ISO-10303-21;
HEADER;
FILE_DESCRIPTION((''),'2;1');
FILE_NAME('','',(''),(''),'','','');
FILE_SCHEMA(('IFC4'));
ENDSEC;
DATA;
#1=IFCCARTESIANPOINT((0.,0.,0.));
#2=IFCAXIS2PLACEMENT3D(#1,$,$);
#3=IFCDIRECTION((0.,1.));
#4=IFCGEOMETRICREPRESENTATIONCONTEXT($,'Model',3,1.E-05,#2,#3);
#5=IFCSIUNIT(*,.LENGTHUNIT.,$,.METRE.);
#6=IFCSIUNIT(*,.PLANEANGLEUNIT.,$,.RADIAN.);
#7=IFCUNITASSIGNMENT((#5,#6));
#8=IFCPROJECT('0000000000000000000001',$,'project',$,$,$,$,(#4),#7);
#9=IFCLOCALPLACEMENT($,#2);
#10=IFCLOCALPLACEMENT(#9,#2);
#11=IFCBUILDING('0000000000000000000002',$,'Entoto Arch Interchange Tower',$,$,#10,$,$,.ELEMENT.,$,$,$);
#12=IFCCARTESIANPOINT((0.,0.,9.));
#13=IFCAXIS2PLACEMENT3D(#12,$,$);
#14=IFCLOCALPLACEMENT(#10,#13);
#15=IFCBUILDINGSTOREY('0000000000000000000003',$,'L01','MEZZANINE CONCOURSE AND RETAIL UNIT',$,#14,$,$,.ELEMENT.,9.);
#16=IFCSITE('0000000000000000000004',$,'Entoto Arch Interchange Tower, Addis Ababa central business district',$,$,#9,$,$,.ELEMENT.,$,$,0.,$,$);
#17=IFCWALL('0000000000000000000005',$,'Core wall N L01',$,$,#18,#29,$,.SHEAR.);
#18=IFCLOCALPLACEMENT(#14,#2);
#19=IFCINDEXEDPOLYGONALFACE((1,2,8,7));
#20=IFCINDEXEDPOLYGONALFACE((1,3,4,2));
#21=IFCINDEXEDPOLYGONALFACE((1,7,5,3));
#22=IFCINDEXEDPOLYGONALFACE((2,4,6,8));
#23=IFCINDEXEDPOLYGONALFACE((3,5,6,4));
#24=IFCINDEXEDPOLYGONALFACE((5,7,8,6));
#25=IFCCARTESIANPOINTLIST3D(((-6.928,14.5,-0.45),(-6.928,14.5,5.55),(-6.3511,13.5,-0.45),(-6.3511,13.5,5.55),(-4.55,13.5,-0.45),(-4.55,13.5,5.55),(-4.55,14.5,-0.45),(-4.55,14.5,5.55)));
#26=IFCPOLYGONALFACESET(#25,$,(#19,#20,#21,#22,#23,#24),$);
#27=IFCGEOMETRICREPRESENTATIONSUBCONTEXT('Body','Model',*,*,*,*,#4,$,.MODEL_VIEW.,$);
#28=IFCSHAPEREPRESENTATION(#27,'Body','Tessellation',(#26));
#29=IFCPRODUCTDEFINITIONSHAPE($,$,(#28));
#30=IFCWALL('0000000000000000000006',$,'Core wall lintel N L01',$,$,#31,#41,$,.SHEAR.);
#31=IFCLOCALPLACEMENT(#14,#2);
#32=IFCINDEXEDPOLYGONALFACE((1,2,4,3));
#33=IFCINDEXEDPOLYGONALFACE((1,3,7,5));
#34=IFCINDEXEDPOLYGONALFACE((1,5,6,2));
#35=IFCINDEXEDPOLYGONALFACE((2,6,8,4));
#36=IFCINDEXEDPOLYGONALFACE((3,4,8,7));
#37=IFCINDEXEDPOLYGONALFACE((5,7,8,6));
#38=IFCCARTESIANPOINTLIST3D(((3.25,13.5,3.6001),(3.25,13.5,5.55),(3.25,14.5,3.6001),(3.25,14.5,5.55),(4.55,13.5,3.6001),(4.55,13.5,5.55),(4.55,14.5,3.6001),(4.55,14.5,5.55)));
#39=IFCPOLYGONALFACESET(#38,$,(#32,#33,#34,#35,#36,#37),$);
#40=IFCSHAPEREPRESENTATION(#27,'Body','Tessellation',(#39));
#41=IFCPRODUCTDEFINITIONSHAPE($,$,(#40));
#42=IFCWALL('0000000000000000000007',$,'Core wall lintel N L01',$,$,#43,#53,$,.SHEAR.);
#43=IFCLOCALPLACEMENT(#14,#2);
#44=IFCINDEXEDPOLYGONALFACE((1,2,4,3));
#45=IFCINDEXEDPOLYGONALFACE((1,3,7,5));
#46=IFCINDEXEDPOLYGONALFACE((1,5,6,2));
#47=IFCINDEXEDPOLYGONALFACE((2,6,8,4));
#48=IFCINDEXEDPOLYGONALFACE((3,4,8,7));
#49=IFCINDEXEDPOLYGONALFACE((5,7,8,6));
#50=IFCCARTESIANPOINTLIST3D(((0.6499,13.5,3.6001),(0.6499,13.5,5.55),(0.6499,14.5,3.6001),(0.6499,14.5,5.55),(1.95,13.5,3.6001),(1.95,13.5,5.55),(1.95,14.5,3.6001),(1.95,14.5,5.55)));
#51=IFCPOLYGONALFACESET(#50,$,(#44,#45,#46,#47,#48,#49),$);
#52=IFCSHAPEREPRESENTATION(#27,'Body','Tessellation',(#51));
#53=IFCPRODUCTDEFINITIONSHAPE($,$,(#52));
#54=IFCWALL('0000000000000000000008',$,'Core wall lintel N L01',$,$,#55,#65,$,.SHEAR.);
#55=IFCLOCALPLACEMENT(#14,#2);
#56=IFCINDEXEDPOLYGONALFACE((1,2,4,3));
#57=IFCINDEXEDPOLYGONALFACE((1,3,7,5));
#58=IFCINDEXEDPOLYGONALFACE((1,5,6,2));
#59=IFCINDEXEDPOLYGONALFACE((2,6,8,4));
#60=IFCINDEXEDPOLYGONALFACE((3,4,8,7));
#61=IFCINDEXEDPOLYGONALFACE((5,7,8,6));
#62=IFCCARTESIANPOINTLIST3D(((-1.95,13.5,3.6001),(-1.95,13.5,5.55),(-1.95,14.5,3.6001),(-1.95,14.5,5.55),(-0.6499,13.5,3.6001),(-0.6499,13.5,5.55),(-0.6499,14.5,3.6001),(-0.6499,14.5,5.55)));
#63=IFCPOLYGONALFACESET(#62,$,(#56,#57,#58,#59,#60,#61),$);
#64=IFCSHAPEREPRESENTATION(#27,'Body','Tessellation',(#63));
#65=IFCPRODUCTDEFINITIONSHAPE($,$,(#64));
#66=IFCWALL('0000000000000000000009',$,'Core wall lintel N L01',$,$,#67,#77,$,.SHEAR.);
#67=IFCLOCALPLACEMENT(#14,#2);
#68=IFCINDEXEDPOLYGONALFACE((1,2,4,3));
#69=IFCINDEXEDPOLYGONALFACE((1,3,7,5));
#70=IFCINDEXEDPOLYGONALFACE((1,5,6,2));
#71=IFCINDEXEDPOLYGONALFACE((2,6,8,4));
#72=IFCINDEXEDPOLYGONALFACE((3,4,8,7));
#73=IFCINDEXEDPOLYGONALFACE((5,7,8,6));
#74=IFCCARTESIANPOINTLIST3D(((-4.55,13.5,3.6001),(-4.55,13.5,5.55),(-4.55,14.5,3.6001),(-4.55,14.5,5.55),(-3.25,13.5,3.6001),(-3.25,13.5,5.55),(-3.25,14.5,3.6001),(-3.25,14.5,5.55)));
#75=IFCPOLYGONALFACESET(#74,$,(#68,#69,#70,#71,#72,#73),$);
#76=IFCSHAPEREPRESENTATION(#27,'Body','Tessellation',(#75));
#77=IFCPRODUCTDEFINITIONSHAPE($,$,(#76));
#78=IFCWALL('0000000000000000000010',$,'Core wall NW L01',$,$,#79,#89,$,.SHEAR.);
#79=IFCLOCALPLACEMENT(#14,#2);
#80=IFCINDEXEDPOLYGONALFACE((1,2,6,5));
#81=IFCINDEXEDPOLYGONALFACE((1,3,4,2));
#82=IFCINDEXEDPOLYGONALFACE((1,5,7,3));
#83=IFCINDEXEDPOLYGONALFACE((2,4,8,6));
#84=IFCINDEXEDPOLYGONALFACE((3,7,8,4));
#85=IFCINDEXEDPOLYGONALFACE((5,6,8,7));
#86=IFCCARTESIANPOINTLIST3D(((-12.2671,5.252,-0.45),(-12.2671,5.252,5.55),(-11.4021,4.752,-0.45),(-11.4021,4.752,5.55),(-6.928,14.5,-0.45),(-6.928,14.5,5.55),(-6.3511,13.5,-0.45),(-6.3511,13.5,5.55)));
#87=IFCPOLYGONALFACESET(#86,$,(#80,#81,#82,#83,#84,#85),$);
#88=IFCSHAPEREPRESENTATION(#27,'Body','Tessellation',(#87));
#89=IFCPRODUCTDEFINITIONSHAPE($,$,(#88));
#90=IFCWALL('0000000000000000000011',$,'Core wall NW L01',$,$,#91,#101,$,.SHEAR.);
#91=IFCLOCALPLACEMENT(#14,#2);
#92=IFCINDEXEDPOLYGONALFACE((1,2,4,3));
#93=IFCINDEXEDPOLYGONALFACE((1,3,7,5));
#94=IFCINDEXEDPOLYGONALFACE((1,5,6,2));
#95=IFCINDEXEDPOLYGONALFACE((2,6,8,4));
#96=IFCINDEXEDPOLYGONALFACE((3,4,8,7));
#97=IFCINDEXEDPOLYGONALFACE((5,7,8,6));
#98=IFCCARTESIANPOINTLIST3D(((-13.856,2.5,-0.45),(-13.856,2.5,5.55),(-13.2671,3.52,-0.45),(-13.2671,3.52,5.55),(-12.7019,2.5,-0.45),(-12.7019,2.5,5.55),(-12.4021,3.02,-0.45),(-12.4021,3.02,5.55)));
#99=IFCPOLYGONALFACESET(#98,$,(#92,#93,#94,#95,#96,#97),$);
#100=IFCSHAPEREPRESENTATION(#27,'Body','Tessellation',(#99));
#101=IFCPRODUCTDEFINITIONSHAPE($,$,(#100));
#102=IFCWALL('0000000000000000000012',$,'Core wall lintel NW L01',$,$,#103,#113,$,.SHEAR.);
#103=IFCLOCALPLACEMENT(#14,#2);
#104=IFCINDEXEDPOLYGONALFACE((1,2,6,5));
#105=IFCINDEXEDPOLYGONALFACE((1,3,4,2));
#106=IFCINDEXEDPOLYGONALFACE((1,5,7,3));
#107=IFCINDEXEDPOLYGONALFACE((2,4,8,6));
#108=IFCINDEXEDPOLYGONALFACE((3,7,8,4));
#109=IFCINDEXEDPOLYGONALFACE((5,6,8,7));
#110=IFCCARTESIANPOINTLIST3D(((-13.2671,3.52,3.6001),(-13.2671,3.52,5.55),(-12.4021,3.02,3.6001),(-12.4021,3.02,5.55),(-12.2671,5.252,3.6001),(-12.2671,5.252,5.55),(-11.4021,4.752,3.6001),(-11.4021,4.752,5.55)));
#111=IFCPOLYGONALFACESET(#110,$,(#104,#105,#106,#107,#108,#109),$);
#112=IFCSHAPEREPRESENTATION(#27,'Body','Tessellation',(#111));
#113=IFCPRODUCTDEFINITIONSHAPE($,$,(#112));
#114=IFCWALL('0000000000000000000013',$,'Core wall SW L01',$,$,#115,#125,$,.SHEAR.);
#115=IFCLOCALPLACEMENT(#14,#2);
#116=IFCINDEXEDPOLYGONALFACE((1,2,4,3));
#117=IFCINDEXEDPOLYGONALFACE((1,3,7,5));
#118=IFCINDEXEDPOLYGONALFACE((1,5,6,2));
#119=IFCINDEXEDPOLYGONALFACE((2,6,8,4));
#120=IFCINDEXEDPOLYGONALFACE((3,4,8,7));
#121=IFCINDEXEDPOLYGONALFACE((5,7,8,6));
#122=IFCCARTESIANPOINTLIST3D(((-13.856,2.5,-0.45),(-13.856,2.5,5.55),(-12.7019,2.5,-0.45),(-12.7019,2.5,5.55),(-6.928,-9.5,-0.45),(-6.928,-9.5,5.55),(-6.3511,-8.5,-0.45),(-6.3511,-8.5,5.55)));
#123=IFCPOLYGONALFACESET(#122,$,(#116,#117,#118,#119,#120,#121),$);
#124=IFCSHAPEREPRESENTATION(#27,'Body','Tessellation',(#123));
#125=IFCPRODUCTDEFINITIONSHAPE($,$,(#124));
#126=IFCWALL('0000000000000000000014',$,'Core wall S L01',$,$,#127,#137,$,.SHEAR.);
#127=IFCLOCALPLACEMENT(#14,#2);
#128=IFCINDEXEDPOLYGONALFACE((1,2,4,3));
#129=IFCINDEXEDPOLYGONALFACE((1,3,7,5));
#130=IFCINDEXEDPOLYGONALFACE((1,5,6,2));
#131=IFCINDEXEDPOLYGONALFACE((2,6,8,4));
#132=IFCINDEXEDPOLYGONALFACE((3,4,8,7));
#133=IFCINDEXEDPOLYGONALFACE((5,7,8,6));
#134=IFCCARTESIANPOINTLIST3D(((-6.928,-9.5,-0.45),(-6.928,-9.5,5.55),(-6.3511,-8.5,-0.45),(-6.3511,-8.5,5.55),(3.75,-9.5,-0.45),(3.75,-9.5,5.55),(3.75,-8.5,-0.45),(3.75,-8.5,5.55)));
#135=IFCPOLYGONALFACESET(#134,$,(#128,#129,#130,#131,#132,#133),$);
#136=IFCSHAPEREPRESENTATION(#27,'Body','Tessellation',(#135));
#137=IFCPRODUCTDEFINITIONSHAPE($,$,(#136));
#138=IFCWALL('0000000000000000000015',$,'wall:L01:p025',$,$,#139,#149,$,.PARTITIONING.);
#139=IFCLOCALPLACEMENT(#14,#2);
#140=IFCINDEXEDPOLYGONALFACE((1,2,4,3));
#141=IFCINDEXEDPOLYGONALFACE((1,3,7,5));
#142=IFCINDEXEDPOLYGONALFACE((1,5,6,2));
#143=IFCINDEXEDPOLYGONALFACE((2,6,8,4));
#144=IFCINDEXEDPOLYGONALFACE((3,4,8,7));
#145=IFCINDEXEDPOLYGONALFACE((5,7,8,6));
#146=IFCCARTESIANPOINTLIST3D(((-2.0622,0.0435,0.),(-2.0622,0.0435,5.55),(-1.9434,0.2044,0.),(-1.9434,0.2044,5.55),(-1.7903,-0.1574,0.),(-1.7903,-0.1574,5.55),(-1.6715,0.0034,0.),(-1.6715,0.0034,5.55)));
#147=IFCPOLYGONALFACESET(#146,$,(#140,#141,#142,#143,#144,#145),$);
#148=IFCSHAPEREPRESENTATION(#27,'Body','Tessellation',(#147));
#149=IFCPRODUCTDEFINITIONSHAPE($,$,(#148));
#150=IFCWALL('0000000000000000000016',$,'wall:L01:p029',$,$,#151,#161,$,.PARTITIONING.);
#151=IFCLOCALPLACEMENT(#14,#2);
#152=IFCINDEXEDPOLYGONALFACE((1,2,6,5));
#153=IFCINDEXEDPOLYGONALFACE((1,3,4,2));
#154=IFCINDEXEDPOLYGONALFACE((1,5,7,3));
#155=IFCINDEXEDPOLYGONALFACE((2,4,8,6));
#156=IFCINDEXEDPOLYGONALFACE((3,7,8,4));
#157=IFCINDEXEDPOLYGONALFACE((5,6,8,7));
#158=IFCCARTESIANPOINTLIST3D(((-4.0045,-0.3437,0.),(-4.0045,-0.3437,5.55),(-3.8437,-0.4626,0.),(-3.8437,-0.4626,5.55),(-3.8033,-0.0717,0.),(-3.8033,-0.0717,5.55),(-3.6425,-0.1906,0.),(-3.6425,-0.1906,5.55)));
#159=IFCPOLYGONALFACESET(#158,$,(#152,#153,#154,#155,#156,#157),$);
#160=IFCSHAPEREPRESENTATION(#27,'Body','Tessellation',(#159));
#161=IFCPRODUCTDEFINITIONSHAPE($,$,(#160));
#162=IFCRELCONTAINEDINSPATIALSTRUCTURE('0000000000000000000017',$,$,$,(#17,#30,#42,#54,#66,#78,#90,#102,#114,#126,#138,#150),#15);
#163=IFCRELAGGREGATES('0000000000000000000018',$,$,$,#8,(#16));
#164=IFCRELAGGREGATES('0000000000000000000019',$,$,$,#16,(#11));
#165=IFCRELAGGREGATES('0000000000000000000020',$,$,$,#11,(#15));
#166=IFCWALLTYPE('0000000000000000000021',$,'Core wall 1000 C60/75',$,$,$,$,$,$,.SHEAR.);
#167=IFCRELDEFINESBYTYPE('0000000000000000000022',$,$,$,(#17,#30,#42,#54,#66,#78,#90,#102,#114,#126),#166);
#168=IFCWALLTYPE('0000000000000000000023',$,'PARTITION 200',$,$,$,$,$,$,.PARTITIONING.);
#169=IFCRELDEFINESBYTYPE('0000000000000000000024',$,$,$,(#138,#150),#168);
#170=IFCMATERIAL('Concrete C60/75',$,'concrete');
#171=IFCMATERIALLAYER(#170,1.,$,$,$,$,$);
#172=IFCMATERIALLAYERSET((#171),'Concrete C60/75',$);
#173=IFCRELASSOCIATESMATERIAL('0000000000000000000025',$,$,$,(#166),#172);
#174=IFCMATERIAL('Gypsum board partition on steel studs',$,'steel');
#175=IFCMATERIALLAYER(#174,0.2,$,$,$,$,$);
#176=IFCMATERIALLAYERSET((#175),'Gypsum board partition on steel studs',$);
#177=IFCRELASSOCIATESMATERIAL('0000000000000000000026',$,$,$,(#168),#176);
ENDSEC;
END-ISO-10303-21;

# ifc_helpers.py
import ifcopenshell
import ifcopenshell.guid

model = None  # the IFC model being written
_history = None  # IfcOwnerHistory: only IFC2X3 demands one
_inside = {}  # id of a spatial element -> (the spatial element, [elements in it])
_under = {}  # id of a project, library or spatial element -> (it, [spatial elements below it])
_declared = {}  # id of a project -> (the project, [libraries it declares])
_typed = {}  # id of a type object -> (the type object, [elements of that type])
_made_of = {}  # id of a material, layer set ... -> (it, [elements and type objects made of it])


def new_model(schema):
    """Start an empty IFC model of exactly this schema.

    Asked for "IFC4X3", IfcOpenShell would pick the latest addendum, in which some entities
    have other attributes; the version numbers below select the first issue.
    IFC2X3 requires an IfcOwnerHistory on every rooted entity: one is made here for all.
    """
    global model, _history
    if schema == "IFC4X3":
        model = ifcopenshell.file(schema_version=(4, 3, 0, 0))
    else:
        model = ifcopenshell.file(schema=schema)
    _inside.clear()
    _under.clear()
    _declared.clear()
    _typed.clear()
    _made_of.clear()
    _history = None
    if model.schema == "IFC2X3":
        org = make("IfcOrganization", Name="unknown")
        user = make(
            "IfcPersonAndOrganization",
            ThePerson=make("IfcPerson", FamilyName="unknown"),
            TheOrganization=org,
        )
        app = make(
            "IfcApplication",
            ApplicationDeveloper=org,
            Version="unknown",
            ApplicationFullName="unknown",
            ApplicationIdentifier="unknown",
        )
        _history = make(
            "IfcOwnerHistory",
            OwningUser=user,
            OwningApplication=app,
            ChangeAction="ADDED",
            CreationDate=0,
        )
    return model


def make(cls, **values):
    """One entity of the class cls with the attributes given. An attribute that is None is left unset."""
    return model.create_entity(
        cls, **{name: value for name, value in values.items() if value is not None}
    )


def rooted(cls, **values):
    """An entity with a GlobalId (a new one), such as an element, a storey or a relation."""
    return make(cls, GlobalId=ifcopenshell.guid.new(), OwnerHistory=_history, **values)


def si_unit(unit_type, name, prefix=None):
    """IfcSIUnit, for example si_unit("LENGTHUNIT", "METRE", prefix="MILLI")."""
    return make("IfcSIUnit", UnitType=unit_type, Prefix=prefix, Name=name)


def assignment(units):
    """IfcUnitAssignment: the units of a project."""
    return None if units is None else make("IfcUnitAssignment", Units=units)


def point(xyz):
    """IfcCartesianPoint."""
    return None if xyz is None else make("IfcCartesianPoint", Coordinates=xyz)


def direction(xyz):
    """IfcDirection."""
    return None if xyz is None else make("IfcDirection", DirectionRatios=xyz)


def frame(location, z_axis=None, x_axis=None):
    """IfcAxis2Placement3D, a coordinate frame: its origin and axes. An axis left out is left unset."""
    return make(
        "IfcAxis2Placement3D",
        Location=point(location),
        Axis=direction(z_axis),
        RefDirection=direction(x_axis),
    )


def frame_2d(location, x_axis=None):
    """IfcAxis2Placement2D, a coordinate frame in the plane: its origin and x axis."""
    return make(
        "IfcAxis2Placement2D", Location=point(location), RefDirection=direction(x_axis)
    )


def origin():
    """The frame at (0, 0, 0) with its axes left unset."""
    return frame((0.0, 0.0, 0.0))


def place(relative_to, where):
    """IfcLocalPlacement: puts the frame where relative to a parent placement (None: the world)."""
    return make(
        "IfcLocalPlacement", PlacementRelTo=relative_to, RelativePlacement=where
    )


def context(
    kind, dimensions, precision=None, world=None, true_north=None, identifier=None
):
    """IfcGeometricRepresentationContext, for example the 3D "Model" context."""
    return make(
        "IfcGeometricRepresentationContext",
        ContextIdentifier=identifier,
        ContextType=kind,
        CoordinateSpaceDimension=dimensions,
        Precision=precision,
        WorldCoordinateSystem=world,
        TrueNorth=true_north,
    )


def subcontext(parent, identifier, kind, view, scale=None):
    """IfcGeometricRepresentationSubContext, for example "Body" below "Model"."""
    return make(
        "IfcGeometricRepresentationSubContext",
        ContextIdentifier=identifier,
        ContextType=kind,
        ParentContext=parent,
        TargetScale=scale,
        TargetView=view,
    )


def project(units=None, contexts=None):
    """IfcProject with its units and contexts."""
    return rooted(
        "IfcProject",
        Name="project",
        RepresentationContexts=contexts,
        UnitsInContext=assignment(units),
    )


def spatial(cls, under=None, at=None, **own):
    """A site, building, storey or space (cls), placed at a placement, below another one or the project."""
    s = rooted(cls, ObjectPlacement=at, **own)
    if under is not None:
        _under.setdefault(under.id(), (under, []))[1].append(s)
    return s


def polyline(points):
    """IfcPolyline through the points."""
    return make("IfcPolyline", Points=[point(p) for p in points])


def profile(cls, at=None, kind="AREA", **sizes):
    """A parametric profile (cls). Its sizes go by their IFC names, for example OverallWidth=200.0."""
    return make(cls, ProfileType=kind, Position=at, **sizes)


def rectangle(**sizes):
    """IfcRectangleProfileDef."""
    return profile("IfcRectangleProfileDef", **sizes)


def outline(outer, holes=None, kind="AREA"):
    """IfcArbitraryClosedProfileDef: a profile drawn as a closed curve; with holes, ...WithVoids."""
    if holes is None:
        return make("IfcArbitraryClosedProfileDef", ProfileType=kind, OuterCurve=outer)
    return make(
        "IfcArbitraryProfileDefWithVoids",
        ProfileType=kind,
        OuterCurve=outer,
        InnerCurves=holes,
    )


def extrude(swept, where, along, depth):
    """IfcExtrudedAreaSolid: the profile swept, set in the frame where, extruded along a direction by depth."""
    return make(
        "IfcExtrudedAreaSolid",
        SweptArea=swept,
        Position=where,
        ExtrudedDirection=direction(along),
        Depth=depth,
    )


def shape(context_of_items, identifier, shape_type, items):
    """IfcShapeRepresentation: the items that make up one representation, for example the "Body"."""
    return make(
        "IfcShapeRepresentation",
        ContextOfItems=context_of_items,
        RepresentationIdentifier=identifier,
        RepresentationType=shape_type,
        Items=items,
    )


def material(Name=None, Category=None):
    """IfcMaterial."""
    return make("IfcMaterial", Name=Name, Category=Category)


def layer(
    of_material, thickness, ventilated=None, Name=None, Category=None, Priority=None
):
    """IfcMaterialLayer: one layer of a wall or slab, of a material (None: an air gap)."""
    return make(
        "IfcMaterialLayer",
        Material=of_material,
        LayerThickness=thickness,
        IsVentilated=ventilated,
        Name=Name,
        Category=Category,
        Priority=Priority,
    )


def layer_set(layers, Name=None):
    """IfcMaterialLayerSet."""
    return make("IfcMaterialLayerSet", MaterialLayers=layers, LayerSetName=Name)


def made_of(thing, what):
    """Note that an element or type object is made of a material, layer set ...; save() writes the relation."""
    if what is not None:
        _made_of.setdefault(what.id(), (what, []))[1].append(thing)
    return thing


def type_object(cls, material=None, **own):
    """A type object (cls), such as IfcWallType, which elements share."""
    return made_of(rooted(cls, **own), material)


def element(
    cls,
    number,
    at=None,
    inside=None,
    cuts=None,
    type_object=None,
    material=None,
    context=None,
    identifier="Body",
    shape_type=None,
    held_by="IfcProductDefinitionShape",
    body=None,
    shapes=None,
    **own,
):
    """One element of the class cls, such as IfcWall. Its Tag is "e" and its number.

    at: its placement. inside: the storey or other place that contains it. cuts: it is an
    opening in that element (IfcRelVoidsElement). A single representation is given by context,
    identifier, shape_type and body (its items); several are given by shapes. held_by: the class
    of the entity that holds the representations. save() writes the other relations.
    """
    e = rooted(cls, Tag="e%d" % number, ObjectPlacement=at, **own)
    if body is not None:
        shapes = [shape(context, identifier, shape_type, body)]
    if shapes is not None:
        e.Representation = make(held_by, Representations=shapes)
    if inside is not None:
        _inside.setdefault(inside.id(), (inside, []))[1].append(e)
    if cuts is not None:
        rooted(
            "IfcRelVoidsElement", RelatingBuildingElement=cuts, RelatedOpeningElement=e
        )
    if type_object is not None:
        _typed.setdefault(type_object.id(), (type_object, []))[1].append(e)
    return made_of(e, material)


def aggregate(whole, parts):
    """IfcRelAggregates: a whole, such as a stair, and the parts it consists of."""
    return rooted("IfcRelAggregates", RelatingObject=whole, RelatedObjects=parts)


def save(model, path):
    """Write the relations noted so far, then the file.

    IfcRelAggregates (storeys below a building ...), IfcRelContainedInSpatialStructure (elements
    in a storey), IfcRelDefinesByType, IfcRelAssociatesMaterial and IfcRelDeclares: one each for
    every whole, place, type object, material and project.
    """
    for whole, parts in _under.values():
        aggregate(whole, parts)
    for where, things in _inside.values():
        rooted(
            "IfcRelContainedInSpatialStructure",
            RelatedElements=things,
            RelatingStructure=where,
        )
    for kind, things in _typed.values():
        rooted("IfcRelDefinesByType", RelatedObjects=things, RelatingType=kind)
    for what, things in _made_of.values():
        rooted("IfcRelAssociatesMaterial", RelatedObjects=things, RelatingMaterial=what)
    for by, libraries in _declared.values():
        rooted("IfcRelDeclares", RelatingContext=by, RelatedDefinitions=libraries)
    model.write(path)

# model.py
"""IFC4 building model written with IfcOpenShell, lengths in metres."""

from ifc_helpers import new_model, si_unit, direction, frame, frame_2d, origin, place, context, subcontext, project, spatial, polyline, rectangle, outline, extrude, material, layer, layer_set, type_object, element, save


model = new_model("IFC4")

# Units and contexts
model_context = context("Model", 3, precision=1e-05, world=origin(), true_north=direction((0.0, 1.0)))
body_context = subcontext(model_context, "Body", "Model", "MODEL_VIEW")
ifc_project = project(units=[si_unit("LENGTHUNIT", "METRE"), si_unit("PLANEANGLEUNIT", "RADIAN")], contexts=[model_context])

# Site, building, storey
site_placement = place(None, origin())
site = spatial("IfcSite", under=ifc_project, at=site_placement, Name="Entoto Arch Interchange Tower, Addis Ababa central business district", CompositionType="ELEMENT", RefElevation=0.0)
building_placement = place(site_placement, origin())
building = spatial("IfcBuilding", under=site, at=building_placement, Name="Entoto Arch Interchange Tower", CompositionType="ELEMENT")
storey_placement = place(building_placement, frame((0.0, 0.0, 9.0)))
storey = spatial("IfcBuildingStorey", under=building, at=storey_placement, Name="L01", Description="MEZZANINE CONCOURSE AND RETAIL UNIT", CompositionType="ELEMENT", Elevation=9.0)

# Walls
ifc_material_1 = material(Name="Concrete C60/75", Category="concrete")
ifc_layer_1 = layer(ifc_material_1, 1.0)
ifc_layer_set_1 = layer_set([ifc_layer_1], Name="Concrete C60/75")
wall_type_1 = type_object("IfcWallType", Name="Core wall 1000 C60/75", PredefinedType="SHEAR", material=ifc_layer_set_1)
wall_1_placement = place(storey_placement, frame((0.0, 0.0, -0.45)))
element("IfcWall", 1, at=wall_1_placement, inside=storey, type_object=wall_type_1, Name="Core wall N L01", PredefinedType="SHEAR", context=body_context, shape_type="SweptSolid", body=[
    extrude(outline(polyline([(-4.55, 13.5), (-4.55, 14.5), (-6.928, 14.5), (-6.3511, 13.5), (-4.55, 13.5)])), origin(), (0.0, 0.0, 1.0), 6.0),
])
wall_2_placement = place(storey_placement, frame((0.0, 0.0, 3.6001)))
element("IfcWall", 2, at=wall_2_placement, inside=storey, type_object=wall_type_1, Name="Core wall lintel N L01", PredefinedType="SHEAR", context=body_context, shape_type="SweptSolid", body=[
    extrude(outline(polyline([(3.25, 14.5), (3.25, 13.5), (4.55, 13.5), (4.55, 14.5), (3.25, 14.5)])), origin(), (0.0, 0.0, 1.0), 1.95),
])
wall_3_placement = place(storey_placement, frame((0.0, 0.0, 3.6001)))
element("IfcWall", 3, at=wall_3_placement, inside=storey, type_object=wall_type_1, Name="Core wall lintel N L01", PredefinedType="SHEAR", context=body_context, shape_type="SweptSolid", body=[
    extrude(outline(polyline([(0.6499, 14.5), (0.6499, 13.5), (1.95, 13.5), (1.95, 14.5), (0.6499, 14.5)])), origin(), (0.0, 0.0, 1.0), 1.95),
])
wall_4_placement = place(storey_placement, frame((0.0, 0.0, 3.6001)))
element("IfcWall", 4, at=wall_4_placement, inside=storey, type_object=wall_type_1, Name="Core wall lintel N L01", PredefinedType="SHEAR", context=body_context, shape_type="SweptSolid", body=[
    extrude(outline(polyline([(-1.95, 14.5), (-1.95, 13.5), (-0.6499, 13.5), (-0.6499, 14.5), (-1.95, 14.5)])), origin(), (0.0, 0.0, 1.0), 1.95),
])
wall_5_placement = place(storey_placement, frame((0.0, 0.0, 3.6001)))
element("IfcWall", 5, at=wall_5_placement, inside=storey, type_object=wall_type_1, Name="Core wall lintel N L01", PredefinedType="SHEAR", context=body_context, shape_type="SweptSolid", body=[
    extrude(outline(polyline([(-4.55, 14.5), (-4.55, 13.5), (-3.25, 13.5), (-3.25, 14.5), (-4.55, 14.5)])), origin(), (0.0, 0.0, 1.0), 1.95),
])
wall_6_placement = place(storey_placement, frame((0.0, 0.0, -0.45)))
element("IfcWall", 6, at=wall_6_placement, inside=storey, type_object=wall_type_1, Name="Core wall NW L01", PredefinedType="SHEAR", context=body_context, shape_type="SweptSolid", body=[
    extrude(outline(polyline([(-12.2671, 5.252), (-11.4021, 4.752), (-6.3511, 13.5), (-6.928, 14.5), (-12.2671, 5.252)])), origin(), (0.0, 0.0, 1.0), 6.0),
])
wall_7_placement = place(storey_placement, frame((0.0, 0.0, -0.45)))
element("IfcWall", 7, at=wall_7_placement, inside=storey, type_object=wall_type_1, Name="Core wall NW L01", PredefinedType="SHEAR", context=body_context, shape_type="SweptSolid", body=[
    extrude(outline(polyline([(-12.4021, 3.02), (-13.2671, 3.52), (-13.856, 2.5), (-12.7019, 2.5), (-12.4021, 3.02)])), origin(), (0.0, 0.0, 1.0), 6.0),
])
wall_8_placement = place(storey_placement, frame((0.0, 0.0, 3.6001)))
element("IfcWall", 8, at=wall_8_placement, inside=storey, type_object=wall_type_1, Name="Core wall lintel NW L01", PredefinedType="SHEAR", context=body_context, shape_type="SweptSolid", body=[
    extrude(outline(polyline([(-13.2671, 3.52), (-12.4021, 3.02), (-11.4021, 4.752), (-12.2671, 5.252), (-13.2671, 3.52)])), origin(), (0.0, 0.0, 1.0), 1.95),
])
wall_9_placement = place(storey_placement, frame((0.0, 0.0, -0.45)))
element("IfcWall", 9, at=wall_9_placement, inside=storey, type_object=wall_type_1, Name="Core wall SW L01", PredefinedType="SHEAR", context=body_context, shape_type="SweptSolid", body=[
    extrude(outline(polyline([(-13.856, 2.5), (-6.928, -9.5), (-6.3511, -8.5), (-12.7019, 2.5), (-13.856, 2.5)])), origin(), (0.0, 0.0, 1.0), 6.0),
])
wall_10_placement = place(storey_placement, frame((0.0, 0.0, -0.45)))
element("IfcWall", 10, at=wall_10_placement, inside=storey, type_object=wall_type_1, Name="Core wall S L01", PredefinedType="SHEAR", context=body_context, shape_type="SweptSolid", body=[
    extrude(outline(polyline([(3.75, -9.5), (3.75, -8.5), (-6.3511, -8.5), (-6.928, -9.5), (3.75, -9.5)])), origin(), (0.0, 0.0, 1.0), 6.0),
])
ifc_material_2 = material(Name="Gypsum board partition on steel studs", Category="steel")
ifc_layer_2 = layer(ifc_material_2, 0.2)
ifc_layer_set_2 = layer_set([ifc_layer_2], Name="Gypsum board partition on steel studs")
wall_type_2 = type_object("IfcWallType", Name="PARTITION 200", PredefinedType="PARTITIONING", material=ifc_layer_set_2)
wall_11_placement = place(storey_placement, frame((-1.731, -0.0769, 0.0), z_axis=(0.0, 0.0, 1.0), x_axis=(-0.804311, 0.594208, 0.0)))
element("IfcWall", 11, at=wall_11_placement, inside=storey, type_object=wall_type_2, Name="wall:L01:p025", PredefinedType="PARTITIONING", context=body_context, shape_type="SweptSolid", body=[
    extrude(rectangle(XDim=0.3381, YDim=0.2, at=frame_2d((0.1689, 0.0))), origin(), (0.0, 0.0, 1.0), 5.55),
])
wall_12_placement = place(storey_placement, frame((-3.7229, -0.1311, 0.0), z_axis=(0.0, 0.0, 1.0), x_axis=(-0.594675, -0.803966, 0.0)))
element("IfcWall", 12, at=wall_12_placement, inside=storey, type_object=wall_type_2, Name="wall:L01:p029", PredefinedType="PARTITIONING", context=body_context, shape_type="SweptSolid", body=[
    extrude(rectangle(XDim=0.3384, YDim=0.2, at=frame_2d((0.1692, 0.0))), origin(), (0.0, 0.0, 1.0), 5.55),
])

save(model, "model.ifc")
